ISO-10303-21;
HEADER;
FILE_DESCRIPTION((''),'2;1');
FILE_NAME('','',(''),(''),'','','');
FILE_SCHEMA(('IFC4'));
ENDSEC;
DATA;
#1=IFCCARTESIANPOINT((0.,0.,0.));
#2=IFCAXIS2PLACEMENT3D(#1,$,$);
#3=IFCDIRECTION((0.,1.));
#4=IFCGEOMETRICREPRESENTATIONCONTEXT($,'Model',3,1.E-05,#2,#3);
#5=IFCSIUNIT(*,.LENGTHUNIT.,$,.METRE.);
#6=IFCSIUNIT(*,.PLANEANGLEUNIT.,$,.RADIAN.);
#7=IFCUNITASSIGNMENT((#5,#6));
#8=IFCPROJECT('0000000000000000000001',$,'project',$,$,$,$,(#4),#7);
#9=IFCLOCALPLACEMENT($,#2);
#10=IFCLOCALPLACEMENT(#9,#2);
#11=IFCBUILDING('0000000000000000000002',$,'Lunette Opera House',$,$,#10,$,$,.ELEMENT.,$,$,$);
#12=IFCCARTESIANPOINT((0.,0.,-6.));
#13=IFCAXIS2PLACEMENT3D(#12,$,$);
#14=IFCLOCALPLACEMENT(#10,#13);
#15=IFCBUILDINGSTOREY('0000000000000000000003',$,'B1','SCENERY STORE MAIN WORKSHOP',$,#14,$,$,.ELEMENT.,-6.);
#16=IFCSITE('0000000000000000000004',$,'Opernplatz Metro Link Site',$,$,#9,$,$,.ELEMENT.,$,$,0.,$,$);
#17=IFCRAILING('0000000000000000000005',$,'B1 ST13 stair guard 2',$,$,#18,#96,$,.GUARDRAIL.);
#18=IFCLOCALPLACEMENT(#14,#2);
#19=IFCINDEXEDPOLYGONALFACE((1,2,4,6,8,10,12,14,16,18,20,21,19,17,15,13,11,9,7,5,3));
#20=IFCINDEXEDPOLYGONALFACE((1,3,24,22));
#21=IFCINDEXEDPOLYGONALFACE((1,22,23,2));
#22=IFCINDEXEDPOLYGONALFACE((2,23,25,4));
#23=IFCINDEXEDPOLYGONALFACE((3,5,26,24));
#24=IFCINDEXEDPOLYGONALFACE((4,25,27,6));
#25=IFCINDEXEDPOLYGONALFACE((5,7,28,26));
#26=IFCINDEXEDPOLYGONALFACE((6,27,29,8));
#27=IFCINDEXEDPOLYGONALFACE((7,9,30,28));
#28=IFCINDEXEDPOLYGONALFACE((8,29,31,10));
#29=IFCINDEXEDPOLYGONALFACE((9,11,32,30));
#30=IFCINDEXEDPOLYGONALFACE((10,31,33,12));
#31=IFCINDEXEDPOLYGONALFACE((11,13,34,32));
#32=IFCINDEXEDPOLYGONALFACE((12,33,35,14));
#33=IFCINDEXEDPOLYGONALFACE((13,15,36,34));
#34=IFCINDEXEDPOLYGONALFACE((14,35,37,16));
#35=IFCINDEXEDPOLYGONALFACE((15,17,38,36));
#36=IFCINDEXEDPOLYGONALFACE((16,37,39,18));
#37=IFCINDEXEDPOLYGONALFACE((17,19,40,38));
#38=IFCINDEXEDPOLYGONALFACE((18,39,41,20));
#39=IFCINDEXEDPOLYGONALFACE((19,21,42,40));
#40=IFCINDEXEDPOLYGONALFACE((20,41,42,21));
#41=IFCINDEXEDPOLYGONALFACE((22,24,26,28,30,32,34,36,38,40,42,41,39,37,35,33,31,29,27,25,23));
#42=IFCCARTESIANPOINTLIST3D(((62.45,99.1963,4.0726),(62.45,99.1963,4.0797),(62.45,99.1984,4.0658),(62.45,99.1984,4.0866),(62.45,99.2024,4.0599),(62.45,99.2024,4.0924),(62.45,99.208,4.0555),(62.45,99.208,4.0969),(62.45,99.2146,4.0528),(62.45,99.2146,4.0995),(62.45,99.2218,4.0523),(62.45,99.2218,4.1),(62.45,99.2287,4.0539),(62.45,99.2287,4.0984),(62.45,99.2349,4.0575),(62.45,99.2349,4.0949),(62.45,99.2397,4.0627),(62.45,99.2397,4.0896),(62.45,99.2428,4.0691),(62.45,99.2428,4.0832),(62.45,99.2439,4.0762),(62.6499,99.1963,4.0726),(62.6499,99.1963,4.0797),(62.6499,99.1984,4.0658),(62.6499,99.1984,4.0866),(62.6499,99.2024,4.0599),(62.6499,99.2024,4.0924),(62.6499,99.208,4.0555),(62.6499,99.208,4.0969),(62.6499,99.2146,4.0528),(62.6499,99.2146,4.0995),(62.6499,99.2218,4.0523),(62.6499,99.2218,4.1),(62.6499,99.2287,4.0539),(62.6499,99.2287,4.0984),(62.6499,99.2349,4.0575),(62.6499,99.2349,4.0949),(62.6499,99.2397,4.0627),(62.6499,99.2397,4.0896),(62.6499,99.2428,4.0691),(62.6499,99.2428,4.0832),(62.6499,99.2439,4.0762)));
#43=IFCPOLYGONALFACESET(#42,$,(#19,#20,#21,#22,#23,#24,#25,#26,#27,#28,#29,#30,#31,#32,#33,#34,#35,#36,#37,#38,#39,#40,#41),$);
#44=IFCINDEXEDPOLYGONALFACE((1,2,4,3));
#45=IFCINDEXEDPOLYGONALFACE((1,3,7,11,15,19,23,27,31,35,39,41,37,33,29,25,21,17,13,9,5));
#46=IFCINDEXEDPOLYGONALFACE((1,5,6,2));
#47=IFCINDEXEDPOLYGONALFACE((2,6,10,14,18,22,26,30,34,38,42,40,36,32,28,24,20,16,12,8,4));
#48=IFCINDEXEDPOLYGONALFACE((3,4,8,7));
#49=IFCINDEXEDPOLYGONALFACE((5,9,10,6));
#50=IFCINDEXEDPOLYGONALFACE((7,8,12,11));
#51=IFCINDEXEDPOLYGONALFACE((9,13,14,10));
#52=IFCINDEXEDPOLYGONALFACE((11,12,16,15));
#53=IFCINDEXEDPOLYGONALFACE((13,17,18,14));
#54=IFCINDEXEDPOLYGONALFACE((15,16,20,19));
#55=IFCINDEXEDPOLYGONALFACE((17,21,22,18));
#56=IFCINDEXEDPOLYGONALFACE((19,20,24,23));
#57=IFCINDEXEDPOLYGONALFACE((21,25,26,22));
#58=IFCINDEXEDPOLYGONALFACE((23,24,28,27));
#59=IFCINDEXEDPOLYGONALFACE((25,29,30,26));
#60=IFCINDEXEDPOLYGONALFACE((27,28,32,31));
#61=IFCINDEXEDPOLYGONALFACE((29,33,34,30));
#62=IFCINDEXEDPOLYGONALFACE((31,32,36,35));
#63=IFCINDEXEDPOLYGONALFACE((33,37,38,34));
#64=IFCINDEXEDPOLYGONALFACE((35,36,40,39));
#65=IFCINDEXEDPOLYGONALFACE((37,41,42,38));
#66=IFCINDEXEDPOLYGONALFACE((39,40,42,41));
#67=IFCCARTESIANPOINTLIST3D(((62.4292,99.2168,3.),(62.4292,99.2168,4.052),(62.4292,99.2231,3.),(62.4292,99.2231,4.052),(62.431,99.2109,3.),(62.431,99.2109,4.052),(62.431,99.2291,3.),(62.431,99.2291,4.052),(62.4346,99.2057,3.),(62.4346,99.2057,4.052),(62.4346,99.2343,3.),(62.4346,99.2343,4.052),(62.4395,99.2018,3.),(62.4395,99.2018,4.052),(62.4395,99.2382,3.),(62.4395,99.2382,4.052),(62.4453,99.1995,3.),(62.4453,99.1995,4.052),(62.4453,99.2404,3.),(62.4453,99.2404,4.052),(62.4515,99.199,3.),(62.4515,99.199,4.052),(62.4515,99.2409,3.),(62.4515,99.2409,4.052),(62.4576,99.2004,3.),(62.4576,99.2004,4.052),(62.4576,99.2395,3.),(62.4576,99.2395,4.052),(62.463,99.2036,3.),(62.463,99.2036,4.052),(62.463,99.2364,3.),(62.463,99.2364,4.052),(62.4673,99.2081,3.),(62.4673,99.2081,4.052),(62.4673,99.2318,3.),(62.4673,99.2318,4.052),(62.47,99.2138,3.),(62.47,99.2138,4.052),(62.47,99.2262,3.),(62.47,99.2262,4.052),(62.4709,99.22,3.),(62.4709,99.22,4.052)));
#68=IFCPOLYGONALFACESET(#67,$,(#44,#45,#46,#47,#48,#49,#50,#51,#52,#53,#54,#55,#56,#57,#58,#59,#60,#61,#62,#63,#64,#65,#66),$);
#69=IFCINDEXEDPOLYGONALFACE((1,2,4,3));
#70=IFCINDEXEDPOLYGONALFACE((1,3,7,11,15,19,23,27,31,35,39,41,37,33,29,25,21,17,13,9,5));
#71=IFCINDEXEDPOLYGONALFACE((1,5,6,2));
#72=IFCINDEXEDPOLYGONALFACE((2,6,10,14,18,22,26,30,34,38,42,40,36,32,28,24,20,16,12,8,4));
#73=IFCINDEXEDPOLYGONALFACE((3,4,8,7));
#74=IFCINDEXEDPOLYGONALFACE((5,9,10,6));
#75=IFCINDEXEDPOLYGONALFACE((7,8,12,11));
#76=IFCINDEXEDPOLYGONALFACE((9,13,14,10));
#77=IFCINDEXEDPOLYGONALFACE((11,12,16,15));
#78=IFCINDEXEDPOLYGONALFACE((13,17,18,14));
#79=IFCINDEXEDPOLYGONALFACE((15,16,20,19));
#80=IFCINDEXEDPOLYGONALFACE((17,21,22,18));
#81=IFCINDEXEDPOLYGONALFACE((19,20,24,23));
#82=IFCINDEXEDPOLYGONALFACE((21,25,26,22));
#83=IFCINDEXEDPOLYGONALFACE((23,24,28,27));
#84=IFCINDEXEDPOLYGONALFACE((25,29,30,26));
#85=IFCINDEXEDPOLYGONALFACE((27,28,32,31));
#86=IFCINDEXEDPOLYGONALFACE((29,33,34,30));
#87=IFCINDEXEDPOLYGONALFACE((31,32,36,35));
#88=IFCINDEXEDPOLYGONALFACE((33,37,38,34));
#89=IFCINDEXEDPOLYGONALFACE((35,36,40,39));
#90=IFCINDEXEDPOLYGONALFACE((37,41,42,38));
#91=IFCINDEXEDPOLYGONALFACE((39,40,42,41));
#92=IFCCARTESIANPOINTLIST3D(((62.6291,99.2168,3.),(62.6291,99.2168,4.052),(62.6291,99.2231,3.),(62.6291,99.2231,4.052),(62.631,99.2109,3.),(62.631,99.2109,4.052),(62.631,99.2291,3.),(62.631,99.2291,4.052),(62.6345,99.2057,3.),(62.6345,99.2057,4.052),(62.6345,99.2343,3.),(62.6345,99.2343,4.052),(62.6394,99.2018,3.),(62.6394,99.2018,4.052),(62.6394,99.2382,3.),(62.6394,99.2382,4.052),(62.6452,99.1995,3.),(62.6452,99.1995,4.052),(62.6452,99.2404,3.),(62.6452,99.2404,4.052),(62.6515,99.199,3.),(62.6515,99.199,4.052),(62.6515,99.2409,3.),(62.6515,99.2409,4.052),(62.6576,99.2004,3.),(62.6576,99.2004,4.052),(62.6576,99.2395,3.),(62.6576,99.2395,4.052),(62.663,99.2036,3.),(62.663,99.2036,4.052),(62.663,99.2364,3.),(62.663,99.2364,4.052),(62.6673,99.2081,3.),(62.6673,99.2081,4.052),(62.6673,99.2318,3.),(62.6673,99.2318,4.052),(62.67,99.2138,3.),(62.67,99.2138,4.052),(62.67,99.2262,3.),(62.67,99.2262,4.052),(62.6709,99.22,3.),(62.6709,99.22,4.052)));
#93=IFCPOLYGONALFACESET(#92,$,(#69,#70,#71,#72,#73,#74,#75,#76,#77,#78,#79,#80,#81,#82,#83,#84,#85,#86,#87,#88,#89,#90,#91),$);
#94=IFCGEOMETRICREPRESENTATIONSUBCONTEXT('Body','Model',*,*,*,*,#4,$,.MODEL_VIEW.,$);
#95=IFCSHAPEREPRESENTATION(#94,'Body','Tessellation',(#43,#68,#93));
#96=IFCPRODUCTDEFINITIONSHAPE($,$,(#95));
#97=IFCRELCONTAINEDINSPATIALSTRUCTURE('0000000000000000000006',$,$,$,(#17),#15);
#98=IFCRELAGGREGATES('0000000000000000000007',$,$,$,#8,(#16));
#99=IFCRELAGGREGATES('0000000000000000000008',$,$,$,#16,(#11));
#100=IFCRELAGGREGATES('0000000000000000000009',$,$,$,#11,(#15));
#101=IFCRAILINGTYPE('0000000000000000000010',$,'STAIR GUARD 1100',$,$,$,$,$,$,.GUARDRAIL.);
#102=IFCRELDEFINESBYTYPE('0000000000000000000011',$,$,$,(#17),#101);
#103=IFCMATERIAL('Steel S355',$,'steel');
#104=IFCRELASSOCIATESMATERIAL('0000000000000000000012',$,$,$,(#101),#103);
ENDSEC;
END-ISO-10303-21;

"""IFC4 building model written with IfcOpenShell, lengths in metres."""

from ifc_helpers import new_model, si_unit, direction, frame, origin, origin_2d, place, context, subcontext, project, spatial, circle, extrude, material, type_object, element, save


model = new_model("IFC4")

# Units and contexts
model_context = context("Model", 3, precision=1e-05, world=origin(), true_north=direction((0.0, 1.0)))
body_context = subcontext(model_context, "Body", "Model", "MODEL_VIEW")
ifc_project = project(units=[si_unit("LENGTHUNIT", "METRE"), si_unit("PLANEANGLEUNIT", "RADIAN")], contexts=[model_context])

# Site, building, storey
site_placement = place(None, origin())
site = spatial("IfcSite", under=ifc_project, at=site_placement, Name="Opernplatz Metro Link Site", CompositionType="ELEMENT", RefElevation=0.0)
building_placement = place(site_placement, origin())
building = spatial("IfcBuilding", under=site, at=building_placement, Name="Lunette Opera House", CompositionType="ELEMENT")
storey_placement = place(building_placement, frame((0.0, 0.0, -6.0)))
storey = spatial("IfcBuildingStorey", under=building, at=storey_placement, Name="B1", Description="SCENERY STORE MAIN WORKSHOP", CompositionType="ELEMENT", Elevation=-6.0)

# Railing
ifc_material_1 = material(Name="Steel S355", Category="steel")
railing_type_1 = type_object("IfcRailingType", Name="STAIR GUARD 1100", PredefinedType="GUARDRAIL", material=ifc_material_1)
railing_1_placement = place(storey_placement, frame((62.45, 99.22, 3.0)))
element("IfcRailing", 1, at=railing_1_placement, inside=storey, type_object=railing_type_1, Name="B1 ST13 stair guard 2", PredefinedType="GUARDRAIL", context=body_context, shape_type="SweptSolid", body=[
    extrude(circle(Radius=0.0239, at=origin_2d()), frame((0.0, 0.0, 1.0762), z_axis=(1.0, 0.0, 0.0), x_axis=(0.0, 1.0, 0.0)), (0.0, 0.0, 1.0), 0.2),
    extrude(circle(Radius=0.021, at=origin_2d()), origin(), (0.0, 0.0, 1.0), 1.052),
    extrude(circle(Radius=0.021, at=origin_2d()), frame((0.2, 0.0, 0.0)), (0.0, 0.0, 1.0), 1.052),
])

save(model, "model.ifc")
